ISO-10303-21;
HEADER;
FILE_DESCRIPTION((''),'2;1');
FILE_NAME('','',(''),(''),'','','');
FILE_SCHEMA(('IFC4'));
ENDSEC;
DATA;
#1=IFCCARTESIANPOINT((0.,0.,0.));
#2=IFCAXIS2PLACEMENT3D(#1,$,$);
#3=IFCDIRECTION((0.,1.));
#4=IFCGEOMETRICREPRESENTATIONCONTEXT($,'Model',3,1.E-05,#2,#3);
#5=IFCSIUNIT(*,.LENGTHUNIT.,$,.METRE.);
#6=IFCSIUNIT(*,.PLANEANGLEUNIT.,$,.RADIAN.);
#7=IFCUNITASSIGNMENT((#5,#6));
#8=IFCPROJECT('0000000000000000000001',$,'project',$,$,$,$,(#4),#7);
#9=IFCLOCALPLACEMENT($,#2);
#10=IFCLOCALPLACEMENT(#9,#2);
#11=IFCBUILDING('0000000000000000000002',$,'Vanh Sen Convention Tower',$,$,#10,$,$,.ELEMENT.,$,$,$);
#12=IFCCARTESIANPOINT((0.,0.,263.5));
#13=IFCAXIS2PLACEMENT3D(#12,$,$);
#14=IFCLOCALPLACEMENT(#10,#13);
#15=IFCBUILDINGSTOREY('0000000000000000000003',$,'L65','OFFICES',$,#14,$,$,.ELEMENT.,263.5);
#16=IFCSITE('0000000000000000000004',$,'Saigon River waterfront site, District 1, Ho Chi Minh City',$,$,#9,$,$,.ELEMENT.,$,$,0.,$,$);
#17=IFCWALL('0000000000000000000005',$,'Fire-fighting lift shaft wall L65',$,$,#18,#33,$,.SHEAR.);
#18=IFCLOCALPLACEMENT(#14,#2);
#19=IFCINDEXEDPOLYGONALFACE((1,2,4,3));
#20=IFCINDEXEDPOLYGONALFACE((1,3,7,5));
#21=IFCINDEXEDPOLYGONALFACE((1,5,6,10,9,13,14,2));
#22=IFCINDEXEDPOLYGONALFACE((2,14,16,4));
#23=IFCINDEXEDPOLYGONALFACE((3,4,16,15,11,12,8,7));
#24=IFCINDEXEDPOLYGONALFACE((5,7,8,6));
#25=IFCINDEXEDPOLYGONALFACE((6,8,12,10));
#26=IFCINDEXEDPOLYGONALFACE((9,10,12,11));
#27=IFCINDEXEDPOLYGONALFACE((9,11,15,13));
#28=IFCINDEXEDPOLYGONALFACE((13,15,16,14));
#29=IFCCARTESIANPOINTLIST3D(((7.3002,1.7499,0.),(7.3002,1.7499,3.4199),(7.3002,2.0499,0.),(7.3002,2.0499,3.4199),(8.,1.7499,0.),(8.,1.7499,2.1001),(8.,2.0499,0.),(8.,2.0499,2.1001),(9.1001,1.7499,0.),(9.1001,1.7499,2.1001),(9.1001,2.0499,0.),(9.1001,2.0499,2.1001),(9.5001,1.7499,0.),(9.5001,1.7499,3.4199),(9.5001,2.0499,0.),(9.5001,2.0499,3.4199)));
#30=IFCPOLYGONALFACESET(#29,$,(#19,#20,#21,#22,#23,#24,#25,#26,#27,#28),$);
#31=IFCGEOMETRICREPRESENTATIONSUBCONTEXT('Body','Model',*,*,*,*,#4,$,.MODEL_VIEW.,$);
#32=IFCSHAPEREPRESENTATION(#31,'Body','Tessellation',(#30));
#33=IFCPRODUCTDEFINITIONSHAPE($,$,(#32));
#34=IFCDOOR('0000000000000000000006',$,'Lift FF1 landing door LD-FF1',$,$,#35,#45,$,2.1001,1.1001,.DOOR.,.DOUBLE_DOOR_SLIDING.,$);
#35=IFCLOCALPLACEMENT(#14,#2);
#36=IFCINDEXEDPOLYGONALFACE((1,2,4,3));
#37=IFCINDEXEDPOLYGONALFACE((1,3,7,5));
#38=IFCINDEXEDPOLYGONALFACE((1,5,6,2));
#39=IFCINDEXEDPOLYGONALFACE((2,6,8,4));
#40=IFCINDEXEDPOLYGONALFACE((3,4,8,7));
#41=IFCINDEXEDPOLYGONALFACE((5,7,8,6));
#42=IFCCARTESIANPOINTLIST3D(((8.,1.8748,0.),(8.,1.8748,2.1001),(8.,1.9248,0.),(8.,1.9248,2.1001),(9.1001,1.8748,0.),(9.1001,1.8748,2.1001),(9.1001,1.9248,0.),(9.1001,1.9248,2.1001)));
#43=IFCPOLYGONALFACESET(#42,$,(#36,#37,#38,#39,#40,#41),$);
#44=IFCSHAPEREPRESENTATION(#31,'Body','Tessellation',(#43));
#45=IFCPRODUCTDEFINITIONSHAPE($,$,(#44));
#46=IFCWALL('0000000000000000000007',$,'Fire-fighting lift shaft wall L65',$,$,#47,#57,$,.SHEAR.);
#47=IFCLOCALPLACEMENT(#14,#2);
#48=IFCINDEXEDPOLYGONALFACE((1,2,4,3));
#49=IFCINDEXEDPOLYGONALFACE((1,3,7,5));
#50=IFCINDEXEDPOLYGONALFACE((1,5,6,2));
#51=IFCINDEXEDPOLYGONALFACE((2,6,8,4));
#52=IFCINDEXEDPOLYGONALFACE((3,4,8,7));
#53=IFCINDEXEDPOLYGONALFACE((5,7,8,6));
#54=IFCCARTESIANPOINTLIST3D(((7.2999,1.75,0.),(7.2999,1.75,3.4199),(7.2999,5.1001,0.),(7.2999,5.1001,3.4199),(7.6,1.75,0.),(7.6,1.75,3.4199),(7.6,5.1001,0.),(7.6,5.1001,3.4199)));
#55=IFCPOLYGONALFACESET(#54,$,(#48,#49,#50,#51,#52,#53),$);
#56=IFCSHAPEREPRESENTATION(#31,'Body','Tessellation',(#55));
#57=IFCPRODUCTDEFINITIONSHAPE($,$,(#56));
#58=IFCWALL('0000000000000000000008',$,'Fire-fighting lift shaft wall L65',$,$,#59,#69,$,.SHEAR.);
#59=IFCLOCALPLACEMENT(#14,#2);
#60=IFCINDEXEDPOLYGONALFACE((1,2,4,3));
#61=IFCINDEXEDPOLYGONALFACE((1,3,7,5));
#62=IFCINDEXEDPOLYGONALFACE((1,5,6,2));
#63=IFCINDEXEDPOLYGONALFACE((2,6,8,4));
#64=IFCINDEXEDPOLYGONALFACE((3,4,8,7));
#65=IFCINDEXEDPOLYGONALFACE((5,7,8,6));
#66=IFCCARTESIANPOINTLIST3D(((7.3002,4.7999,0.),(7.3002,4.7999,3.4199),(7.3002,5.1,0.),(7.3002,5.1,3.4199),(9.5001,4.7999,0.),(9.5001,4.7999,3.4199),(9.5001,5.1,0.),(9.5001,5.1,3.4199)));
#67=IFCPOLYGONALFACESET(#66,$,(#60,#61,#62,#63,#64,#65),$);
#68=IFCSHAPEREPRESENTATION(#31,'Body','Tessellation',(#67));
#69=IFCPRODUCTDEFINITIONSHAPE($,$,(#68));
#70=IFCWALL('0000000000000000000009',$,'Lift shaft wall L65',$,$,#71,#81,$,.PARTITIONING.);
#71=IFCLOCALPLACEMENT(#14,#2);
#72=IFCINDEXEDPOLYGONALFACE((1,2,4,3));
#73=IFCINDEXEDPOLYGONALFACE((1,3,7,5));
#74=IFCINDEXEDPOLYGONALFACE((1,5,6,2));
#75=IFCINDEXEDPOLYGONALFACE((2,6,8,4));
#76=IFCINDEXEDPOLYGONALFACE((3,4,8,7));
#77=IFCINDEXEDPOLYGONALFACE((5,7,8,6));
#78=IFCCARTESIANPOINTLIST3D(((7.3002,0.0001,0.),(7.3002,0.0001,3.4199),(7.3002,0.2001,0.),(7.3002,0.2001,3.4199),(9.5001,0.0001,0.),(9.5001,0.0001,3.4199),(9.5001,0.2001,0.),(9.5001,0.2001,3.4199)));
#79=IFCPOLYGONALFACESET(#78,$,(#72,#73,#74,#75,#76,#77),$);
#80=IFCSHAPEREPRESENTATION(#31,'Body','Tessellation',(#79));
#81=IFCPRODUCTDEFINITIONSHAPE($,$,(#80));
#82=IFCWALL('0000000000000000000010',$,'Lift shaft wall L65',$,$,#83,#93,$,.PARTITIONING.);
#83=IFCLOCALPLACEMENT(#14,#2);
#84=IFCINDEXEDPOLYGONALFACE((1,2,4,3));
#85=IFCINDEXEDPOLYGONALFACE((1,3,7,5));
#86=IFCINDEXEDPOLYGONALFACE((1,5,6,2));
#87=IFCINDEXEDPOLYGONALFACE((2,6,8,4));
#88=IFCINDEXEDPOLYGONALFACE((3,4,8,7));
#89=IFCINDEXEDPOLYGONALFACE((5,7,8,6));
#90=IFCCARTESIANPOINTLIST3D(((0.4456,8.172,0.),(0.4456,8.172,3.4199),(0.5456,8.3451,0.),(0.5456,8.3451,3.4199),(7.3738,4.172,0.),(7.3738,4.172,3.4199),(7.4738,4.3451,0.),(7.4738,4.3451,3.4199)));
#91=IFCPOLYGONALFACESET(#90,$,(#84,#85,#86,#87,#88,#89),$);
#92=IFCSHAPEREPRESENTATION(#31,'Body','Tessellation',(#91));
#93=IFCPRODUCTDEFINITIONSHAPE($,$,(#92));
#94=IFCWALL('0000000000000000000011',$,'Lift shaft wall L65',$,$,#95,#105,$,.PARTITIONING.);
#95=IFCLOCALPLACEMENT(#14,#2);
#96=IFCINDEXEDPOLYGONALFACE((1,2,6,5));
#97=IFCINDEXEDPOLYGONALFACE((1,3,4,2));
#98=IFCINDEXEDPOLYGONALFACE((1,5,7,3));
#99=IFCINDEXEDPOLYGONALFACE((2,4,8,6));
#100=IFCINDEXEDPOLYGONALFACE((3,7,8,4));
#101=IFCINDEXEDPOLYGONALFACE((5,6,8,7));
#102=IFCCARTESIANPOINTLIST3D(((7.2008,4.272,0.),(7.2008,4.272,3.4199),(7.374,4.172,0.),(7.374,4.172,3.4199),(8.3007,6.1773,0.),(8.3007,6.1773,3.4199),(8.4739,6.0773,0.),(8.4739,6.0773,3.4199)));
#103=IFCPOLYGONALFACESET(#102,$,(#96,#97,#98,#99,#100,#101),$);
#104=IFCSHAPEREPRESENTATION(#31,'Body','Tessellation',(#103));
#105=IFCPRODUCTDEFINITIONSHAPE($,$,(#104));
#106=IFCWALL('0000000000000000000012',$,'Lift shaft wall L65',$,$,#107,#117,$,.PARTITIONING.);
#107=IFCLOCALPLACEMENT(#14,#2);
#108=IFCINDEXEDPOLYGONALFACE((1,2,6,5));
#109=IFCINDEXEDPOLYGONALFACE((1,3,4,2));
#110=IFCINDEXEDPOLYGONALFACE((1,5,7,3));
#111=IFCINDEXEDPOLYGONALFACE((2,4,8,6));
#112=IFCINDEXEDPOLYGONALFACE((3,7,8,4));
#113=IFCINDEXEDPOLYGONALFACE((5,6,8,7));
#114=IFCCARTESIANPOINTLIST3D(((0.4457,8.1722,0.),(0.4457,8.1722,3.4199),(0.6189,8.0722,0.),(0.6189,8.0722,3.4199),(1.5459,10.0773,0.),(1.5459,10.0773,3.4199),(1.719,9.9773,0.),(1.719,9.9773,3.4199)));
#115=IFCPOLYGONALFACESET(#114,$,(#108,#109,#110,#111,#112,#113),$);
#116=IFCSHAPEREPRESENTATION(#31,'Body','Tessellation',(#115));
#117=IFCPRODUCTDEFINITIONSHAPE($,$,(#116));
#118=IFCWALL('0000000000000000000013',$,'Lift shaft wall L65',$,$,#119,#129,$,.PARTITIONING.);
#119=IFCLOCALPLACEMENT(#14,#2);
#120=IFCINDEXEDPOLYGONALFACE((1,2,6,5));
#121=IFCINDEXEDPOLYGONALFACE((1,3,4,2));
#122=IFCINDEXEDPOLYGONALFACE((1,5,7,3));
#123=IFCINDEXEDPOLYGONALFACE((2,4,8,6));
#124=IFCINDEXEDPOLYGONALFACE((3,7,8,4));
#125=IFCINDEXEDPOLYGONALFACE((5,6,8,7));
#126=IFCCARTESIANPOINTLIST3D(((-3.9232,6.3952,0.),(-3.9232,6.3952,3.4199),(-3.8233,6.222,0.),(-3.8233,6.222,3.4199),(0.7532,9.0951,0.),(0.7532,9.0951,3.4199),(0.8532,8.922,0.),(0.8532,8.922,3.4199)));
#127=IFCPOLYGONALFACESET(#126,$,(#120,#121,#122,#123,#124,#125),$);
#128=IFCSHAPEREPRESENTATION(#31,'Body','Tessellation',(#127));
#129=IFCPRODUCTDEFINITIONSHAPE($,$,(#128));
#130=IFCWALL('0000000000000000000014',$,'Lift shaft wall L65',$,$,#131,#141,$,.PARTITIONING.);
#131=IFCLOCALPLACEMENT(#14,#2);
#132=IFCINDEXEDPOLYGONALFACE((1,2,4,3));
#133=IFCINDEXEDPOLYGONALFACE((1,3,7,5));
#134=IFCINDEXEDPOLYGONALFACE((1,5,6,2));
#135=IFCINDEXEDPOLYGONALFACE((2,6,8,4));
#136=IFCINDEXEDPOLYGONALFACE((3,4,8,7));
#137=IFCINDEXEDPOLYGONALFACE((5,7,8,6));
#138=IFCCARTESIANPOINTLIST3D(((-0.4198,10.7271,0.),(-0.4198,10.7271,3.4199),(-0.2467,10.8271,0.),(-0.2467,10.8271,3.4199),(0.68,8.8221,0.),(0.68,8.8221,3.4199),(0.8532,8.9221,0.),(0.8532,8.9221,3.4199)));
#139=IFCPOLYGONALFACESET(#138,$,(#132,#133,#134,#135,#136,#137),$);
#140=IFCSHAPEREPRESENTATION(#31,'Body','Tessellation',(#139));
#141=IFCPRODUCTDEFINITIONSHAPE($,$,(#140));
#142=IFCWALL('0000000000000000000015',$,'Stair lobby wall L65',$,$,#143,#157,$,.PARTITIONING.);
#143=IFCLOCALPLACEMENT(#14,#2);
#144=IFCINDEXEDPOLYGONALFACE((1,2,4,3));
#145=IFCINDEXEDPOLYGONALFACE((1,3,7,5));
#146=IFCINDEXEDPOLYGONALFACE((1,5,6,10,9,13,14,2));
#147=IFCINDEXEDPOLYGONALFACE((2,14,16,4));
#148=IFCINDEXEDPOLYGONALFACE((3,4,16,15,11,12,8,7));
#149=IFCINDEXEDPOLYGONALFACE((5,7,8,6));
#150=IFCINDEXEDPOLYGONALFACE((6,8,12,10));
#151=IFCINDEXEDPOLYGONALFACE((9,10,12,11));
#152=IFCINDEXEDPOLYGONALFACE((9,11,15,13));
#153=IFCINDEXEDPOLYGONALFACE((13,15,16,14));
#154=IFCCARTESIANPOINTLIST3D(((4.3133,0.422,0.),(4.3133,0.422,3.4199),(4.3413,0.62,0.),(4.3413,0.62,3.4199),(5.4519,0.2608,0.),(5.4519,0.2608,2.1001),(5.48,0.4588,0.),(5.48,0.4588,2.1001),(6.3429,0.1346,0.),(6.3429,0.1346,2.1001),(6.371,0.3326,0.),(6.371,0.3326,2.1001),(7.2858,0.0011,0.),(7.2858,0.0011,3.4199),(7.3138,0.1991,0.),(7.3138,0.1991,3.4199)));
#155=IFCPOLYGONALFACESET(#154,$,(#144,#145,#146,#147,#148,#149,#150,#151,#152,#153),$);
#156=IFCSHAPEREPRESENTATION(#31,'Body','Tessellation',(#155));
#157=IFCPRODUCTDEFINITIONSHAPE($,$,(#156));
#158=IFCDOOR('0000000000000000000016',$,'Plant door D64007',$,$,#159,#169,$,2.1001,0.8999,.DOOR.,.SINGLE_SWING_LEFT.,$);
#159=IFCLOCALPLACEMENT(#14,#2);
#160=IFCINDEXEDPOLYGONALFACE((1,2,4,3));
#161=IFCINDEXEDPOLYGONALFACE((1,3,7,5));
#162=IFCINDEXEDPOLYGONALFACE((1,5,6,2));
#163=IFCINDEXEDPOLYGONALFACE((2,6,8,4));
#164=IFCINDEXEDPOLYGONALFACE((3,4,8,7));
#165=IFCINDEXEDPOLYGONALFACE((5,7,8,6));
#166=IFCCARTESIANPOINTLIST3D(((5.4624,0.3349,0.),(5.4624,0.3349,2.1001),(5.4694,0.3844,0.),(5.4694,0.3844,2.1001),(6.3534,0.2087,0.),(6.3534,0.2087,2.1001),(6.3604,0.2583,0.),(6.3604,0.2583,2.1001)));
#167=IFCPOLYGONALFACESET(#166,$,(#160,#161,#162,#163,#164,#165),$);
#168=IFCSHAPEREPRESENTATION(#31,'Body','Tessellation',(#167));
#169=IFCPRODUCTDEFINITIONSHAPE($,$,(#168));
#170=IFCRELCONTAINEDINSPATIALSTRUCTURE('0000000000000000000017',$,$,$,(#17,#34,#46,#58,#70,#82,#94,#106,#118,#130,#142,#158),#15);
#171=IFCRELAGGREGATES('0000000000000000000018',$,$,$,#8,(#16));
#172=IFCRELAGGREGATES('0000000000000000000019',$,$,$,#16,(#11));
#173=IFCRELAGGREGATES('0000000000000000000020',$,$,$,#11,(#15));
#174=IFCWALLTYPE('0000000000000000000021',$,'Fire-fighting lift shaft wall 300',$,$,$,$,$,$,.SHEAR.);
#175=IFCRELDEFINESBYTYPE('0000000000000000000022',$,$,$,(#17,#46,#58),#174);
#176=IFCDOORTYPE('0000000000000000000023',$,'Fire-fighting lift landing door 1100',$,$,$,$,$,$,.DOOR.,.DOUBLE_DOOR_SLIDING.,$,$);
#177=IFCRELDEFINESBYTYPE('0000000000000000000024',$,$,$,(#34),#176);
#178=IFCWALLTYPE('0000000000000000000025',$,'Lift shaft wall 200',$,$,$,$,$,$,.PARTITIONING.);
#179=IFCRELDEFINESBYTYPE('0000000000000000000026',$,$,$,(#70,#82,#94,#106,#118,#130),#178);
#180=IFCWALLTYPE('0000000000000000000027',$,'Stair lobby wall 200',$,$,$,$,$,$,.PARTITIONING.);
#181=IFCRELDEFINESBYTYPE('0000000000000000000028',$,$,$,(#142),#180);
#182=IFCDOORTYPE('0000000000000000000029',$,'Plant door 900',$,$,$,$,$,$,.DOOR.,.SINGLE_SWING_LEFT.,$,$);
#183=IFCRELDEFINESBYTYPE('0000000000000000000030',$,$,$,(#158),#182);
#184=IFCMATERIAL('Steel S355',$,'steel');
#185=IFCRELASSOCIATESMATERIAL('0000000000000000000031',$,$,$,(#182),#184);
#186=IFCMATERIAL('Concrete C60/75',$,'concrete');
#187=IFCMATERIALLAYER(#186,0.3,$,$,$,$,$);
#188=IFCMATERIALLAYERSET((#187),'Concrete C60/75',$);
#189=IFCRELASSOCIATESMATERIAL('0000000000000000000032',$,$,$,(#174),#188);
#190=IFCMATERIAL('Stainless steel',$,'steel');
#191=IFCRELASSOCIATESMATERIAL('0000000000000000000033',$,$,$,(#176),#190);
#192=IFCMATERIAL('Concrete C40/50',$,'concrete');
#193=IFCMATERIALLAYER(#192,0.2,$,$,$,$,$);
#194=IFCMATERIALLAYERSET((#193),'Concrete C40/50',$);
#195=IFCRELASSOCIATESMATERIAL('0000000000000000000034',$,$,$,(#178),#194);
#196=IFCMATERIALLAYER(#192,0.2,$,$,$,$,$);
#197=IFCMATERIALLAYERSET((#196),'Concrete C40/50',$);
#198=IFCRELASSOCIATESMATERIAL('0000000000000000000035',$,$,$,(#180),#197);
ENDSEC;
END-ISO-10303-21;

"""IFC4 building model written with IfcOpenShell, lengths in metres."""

from ifc_helpers import new_model, si_unit, direction, frame, frame_2d, origin, place, context, subcontext, project, spatial, rectangle, extrude, material, layer, layer_set, type_object, element, fill, save


model = new_model("IFC4")

# Units and contexts
model_context = context("Model", 3, precision=1e-05, world=origin(), true_north=direction((0.0, 1.0)))
body_context = subcontext(model_context, "Body", "Model", "MODEL_VIEW")
ifc_project = project(units=[si_unit("LENGTHUNIT", "METRE"), si_unit("PLANEANGLEUNIT", "RADIAN")], contexts=[model_context])

# Site, building, storey
site_placement = place(None, origin())
site = spatial("IfcSite", under=ifc_project, at=site_placement, Name="Saigon River waterfront site, District 1, Ho Chi Minh City", CompositionType="ELEMENT", RefElevation=0.0)
building_placement = place(site_placement, origin())
building = spatial("IfcBuilding", under=site, at=building_placement, Name="Vanh Sen Convention Tower", CompositionType="ELEMENT")
storey_placement = place(building_placement, frame((0.0, 0.0, 263.5)))
storey = spatial("IfcBuildingStorey", under=building, at=storey_placement, Name="L65", Description="OFFICES", CompositionType="ELEMENT", Elevation=263.5)

# Shared definitions
ifc_material_1 = material(Name="Concrete C40/50", Category="concrete")

# Shared definitions
ifc_material_2 = material(Name="Concrete C60/75", Category="concrete")
ifc_material_3 = material(Name="Steel S355", Category="steel")
door_type_1 = type_object("IfcDoorType", Name="Plant door 900", OperationType="SINGLE_SWING_LEFT", PredefinedType="DOOR", material=ifc_material_3)

# Wall, opening, door
ifc_layer_1 = layer(ifc_material_2, 0.3)
ifc_layer_set_1 = layer_set([ifc_layer_1], Name="Concrete C60/75")
wall_type_1 = type_object("IfcWallType", Name="Fire-fighting lift shaft wall 300", PredefinedType="SHEAR", material=ifc_layer_set_1)
wall_1_placement = place(storey_placement, frame((7.3, 1.8999, 0.0), z_axis=(0.0, 0.0, 1.0), x_axis=(1.0, 0.0, 0.0)))
wall_1 = element("IfcWall", 1, at=wall_1_placement, inside=storey, type_object=wall_type_1, Name="Fire-fighting lift shaft wall L65", PredefinedType="SHEAR", context=body_context, shape_type="SweptSolid", body=[
    extrude(rectangle(XDim=2.2, YDim=0.3, at=frame_2d((1.1001, 0.0))), origin(), (0.0, 0.0, 1.0), 3.4199),
])
opening_1_placement = place(wall_1_placement, frame((0.7, 0.0, 0.0)))
opening_1 = element("IfcOpeningElement", 2, at=opening_1_placement, cuts=wall_1, PredefinedType="OPENING", context=body_context, shape_type="SweptSolid", body=[
    extrude(rectangle(XDim=1.1001, YDim=2.1001, at=frame_2d((0.55, 1.05))), frame((0.0, 0.1599, 0.0), z_axis=(0.0, -1.0, 0.0), x_axis=(1.0, 0.0, 0.0)), (0.0, 0.0, 1.0), 0.3201),
])
ifc_material_4 = material(Name="Stainless steel", Category="steel")
door_type_2 = type_object("IfcDoorType", Name="Fire-fighting lift landing door 1100", OperationType="DOUBLE_DOOR_SLIDING", PredefinedType="DOOR", material=ifc_material_4)
door_1_placement = place(opening_1_placement, origin())
door_1 = element("IfcDoor", 3, at=door_1_placement, inside=storey, type_object=door_type_2, Name="Lift FF1 landing door LD-FF1", OperationType="DOUBLE_DOOR_SLIDING", OverallHeight=2.1001, OverallWidth=1.1001, PredefinedType="DOOR", context=body_context, shape_type="SweptSolid", body=[
    extrude(rectangle(XDim=1.1001, YDim=2.1001, at=frame_2d((0.55, 1.05))), frame((0.0, 0.0249, 0.0), z_axis=(0.0, -1.0, 0.0), x_axis=(1.0, 0.0, 0.0)), (0.0, 0.0, 1.0), 0.05),
])
fill(opening_1, door_1)

# Walls
wall_2_placement = place(storey_placement, frame((7.45, 1.75, 0.0), z_axis=(0.0, 0.0, 1.0), x_axis=(0.0, 1.0, 0.0)))
element("IfcWall", 4, at=wall_2_placement, inside=storey, type_object=wall_type_1, Name="Fire-fighting lift shaft wall L65", PredefinedType="SHEAR", context=body_context, shape_type="SweptSolid", body=[
    extrude(rectangle(XDim=3.3501, YDim=0.3, at=frame_2d((1.675, 0.0))), origin(), (0.0, 0.0, 1.0), 3.4199),
])
wall_3_placement = place(storey_placement, frame((7.3, 4.95, 0.0), z_axis=(0.0, 0.0, 1.0), x_axis=(1.0, 0.0, 0.0)))
element("IfcWall", 5, at=wall_3_placement, inside=storey, type_object=wall_type_1, Name="Fire-fighting lift shaft wall L65", PredefinedType="SHEAR", context=body_context, shape_type="SweptSolid", body=[
    extrude(rectangle(XDim=2.2, YDim=0.3, at=frame_2d((1.1001, 0.0))), origin(), (0.0, 0.0, 1.0), 3.4199),
])
ifc_layer_2 = layer(ifc_material_1, 0.2)
ifc_layer_set_2 = layer_set([ifc_layer_2], Name="Concrete C40/50")
wall_type_2 = type_object("IfcWallType", Name="Lift shaft wall 200", PredefinedType="PARTITIONING", material=ifc_layer_set_2)
wall_4_placement = place(storey_placement, frame((7.3, 0.1001, 0.0), z_axis=(0.0, 0.0, 1.0), x_axis=(1.0, 0.0, 0.0)))
element("IfcWall", 6, at=wall_4_placement, inside=storey, type_object=wall_type_2, Name="Lift shaft wall L65", PredefinedType="PARTITIONING", context=body_context, shape_type="SweptSolid", body=[
    extrude(rectangle(XDim=2.2, YDim=0.2, at=frame_2d((1.1001, 0.0))), origin(), (0.0, 0.0, 1.0), 3.4199),
])
wall_5_placement = place(storey_placement, frame((7.4238, 4.2585, 0.0), z_axis=(0.0, 0.0, 1.0), x_axis=(-0.866026, 0.499999, 0.0)))
element("IfcWall", 7, at=wall_5_placement, inside=storey, type_object=wall_type_2, Name="Lift shaft wall L65", PredefinedType="PARTITIONING", context=body_context, shape_type="SweptSolid", body=[
    extrude(rectangle(XDim=8.0, YDim=0.2, at=frame_2d((4.0, 0.0))), origin(), (0.0, 0.0, 1.0), 3.4199),
])
for number, where, z_axis, x_axis, name in (
    (8, (7.2874, 4.2219, 0.0), (0.0, 0.0, 1.0), (0.499947, 0.866056, 0.0), "Lift shaft wall L65"),
    (9, (0.5322, 8.1221, 0.0), (0.0, 0.0, 1.0), (0.500078, 0.86598, 0.0), "Lift shaft wall L65"),
):
    element("IfcWall", number, at=place(storey_placement, frame(where, z_axis=z_axis, x_axis=x_axis)), inside=storey, type_object=wall_type_2, Name=name, PredefinedType="PARTITIONING", context=body_context, shape_type="SweptSolid", body=[
        extrude(rectangle(XDim=2.2, YDim=0.2, at=frame_2d((1.1001, 0.0))), origin(), (0.0, 0.0, 1.0), 3.4199),
    ])
wall_6_placement = place(storey_placement, frame((0.8032, 9.0085, 0.0), z_axis=(0.0, 0.0, 1.0), x_axis=(-0.866028, -0.499995, 0.0)))
element("IfcWall", 10, at=wall_6_placement, inside=storey, type_object=wall_type_2, Name="Lift shaft wall L65", PredefinedType="PARTITIONING", context=body_context, shape_type="SweptSolid", body=[
    extrude(rectangle(XDim=5.3999, YDim=0.2, at=frame_2d((2.7, 0.0))), origin(), (0.0, 0.0, 1.0), 3.4199),
])
wall_7_placement = place(storey_placement, frame((0.7666, 8.8721, 0.0), z_axis=(0.0, 0.0, 1.0), x_axis=(-0.499995, 0.866028, 0.0)))
element("IfcWall", 11, at=wall_7_placement, inside=storey, type_object=wall_type_2, Name="Lift shaft wall L65", PredefinedType="PARTITIONING", context=body_context, shape_type="SweptSolid", body=[
    extrude(rectangle(XDim=2.1997, YDim=0.2, at=frame_2d((1.0999, 0.0))), origin(), (0.0, 0.0, 1.0), 3.4199),
])

# Wall, opening, door
ifc_layer_3 = layer(ifc_material_1, 0.2)
ifc_layer_set_3 = layer_set([ifc_layer_3], Name="Concrete C40/50")
wall_type_3 = type_object("IfcWallType", Name="Stair lobby wall 200", PredefinedType="PARTITIONING", material=ifc_layer_set_3)
wall_8_placement = place(storey_placement, frame((4.3274, 0.521, 0.0), z_axis=(0.0, 0.0, 1.0), x_axis=(0.990124, -0.140192, 0.0)))
wall_8 = element("IfcWall", 12, at=wall_8_placement, inside=storey, type_object=wall_type_3, Name="Stair lobby wall L65", PredefinedType="PARTITIONING", context=body_context, shape_type="SweptSolid", body=[
    extrude(rectangle(XDim=3.0022, YDim=0.2, at=frame_2d((1.501, 0.0))), origin(), (0.0, 0.0, 1.0), 3.4199),
])
opening_2_placement = place(wall_8_placement, frame((1.1499, 0.0, 0.0)))
opening_2 = element("IfcOpeningElement", 13, at=opening_2_placement, cuts=wall_8, PredefinedType="OPENING", context=body_context, shape_type="SweptSolid", body=[
    extrude(rectangle(XDim=0.8999, YDim=2.1001, at=frame_2d((0.45, 1.05))), frame((0.0, 0.1099, 0.0), z_axis=(0.0, -1.0, 0.0), x_axis=(1.0, 0.0, 0.0)), (0.0, 0.0, 1.0), 0.22),
])
door_2_placement = place(opening_2_placement, origin())
door_2 = element("IfcDoor", 14, at=door_2_placement, inside=storey, type_object=door_type_1, Name="Plant door D64007", OperationType="SINGLE_SWING_LEFT", OverallHeight=2.1001, OverallWidth=0.8999, PredefinedType="DOOR", context=body_context, shape_type="SweptSolid", body=[
    extrude(rectangle(XDim=0.8999, YDim=2.1001, at=frame_2d((0.45, 1.05))), frame((0.0, 0.0249, 0.0), z_axis=(0.0, -1.0, 0.0), x_axis=(1.0, 0.0, 0.0)), (0.0, 0.0, 1.0), 0.05),
])
fill(opening_2, door_2)

save(model, "model.ifc")
